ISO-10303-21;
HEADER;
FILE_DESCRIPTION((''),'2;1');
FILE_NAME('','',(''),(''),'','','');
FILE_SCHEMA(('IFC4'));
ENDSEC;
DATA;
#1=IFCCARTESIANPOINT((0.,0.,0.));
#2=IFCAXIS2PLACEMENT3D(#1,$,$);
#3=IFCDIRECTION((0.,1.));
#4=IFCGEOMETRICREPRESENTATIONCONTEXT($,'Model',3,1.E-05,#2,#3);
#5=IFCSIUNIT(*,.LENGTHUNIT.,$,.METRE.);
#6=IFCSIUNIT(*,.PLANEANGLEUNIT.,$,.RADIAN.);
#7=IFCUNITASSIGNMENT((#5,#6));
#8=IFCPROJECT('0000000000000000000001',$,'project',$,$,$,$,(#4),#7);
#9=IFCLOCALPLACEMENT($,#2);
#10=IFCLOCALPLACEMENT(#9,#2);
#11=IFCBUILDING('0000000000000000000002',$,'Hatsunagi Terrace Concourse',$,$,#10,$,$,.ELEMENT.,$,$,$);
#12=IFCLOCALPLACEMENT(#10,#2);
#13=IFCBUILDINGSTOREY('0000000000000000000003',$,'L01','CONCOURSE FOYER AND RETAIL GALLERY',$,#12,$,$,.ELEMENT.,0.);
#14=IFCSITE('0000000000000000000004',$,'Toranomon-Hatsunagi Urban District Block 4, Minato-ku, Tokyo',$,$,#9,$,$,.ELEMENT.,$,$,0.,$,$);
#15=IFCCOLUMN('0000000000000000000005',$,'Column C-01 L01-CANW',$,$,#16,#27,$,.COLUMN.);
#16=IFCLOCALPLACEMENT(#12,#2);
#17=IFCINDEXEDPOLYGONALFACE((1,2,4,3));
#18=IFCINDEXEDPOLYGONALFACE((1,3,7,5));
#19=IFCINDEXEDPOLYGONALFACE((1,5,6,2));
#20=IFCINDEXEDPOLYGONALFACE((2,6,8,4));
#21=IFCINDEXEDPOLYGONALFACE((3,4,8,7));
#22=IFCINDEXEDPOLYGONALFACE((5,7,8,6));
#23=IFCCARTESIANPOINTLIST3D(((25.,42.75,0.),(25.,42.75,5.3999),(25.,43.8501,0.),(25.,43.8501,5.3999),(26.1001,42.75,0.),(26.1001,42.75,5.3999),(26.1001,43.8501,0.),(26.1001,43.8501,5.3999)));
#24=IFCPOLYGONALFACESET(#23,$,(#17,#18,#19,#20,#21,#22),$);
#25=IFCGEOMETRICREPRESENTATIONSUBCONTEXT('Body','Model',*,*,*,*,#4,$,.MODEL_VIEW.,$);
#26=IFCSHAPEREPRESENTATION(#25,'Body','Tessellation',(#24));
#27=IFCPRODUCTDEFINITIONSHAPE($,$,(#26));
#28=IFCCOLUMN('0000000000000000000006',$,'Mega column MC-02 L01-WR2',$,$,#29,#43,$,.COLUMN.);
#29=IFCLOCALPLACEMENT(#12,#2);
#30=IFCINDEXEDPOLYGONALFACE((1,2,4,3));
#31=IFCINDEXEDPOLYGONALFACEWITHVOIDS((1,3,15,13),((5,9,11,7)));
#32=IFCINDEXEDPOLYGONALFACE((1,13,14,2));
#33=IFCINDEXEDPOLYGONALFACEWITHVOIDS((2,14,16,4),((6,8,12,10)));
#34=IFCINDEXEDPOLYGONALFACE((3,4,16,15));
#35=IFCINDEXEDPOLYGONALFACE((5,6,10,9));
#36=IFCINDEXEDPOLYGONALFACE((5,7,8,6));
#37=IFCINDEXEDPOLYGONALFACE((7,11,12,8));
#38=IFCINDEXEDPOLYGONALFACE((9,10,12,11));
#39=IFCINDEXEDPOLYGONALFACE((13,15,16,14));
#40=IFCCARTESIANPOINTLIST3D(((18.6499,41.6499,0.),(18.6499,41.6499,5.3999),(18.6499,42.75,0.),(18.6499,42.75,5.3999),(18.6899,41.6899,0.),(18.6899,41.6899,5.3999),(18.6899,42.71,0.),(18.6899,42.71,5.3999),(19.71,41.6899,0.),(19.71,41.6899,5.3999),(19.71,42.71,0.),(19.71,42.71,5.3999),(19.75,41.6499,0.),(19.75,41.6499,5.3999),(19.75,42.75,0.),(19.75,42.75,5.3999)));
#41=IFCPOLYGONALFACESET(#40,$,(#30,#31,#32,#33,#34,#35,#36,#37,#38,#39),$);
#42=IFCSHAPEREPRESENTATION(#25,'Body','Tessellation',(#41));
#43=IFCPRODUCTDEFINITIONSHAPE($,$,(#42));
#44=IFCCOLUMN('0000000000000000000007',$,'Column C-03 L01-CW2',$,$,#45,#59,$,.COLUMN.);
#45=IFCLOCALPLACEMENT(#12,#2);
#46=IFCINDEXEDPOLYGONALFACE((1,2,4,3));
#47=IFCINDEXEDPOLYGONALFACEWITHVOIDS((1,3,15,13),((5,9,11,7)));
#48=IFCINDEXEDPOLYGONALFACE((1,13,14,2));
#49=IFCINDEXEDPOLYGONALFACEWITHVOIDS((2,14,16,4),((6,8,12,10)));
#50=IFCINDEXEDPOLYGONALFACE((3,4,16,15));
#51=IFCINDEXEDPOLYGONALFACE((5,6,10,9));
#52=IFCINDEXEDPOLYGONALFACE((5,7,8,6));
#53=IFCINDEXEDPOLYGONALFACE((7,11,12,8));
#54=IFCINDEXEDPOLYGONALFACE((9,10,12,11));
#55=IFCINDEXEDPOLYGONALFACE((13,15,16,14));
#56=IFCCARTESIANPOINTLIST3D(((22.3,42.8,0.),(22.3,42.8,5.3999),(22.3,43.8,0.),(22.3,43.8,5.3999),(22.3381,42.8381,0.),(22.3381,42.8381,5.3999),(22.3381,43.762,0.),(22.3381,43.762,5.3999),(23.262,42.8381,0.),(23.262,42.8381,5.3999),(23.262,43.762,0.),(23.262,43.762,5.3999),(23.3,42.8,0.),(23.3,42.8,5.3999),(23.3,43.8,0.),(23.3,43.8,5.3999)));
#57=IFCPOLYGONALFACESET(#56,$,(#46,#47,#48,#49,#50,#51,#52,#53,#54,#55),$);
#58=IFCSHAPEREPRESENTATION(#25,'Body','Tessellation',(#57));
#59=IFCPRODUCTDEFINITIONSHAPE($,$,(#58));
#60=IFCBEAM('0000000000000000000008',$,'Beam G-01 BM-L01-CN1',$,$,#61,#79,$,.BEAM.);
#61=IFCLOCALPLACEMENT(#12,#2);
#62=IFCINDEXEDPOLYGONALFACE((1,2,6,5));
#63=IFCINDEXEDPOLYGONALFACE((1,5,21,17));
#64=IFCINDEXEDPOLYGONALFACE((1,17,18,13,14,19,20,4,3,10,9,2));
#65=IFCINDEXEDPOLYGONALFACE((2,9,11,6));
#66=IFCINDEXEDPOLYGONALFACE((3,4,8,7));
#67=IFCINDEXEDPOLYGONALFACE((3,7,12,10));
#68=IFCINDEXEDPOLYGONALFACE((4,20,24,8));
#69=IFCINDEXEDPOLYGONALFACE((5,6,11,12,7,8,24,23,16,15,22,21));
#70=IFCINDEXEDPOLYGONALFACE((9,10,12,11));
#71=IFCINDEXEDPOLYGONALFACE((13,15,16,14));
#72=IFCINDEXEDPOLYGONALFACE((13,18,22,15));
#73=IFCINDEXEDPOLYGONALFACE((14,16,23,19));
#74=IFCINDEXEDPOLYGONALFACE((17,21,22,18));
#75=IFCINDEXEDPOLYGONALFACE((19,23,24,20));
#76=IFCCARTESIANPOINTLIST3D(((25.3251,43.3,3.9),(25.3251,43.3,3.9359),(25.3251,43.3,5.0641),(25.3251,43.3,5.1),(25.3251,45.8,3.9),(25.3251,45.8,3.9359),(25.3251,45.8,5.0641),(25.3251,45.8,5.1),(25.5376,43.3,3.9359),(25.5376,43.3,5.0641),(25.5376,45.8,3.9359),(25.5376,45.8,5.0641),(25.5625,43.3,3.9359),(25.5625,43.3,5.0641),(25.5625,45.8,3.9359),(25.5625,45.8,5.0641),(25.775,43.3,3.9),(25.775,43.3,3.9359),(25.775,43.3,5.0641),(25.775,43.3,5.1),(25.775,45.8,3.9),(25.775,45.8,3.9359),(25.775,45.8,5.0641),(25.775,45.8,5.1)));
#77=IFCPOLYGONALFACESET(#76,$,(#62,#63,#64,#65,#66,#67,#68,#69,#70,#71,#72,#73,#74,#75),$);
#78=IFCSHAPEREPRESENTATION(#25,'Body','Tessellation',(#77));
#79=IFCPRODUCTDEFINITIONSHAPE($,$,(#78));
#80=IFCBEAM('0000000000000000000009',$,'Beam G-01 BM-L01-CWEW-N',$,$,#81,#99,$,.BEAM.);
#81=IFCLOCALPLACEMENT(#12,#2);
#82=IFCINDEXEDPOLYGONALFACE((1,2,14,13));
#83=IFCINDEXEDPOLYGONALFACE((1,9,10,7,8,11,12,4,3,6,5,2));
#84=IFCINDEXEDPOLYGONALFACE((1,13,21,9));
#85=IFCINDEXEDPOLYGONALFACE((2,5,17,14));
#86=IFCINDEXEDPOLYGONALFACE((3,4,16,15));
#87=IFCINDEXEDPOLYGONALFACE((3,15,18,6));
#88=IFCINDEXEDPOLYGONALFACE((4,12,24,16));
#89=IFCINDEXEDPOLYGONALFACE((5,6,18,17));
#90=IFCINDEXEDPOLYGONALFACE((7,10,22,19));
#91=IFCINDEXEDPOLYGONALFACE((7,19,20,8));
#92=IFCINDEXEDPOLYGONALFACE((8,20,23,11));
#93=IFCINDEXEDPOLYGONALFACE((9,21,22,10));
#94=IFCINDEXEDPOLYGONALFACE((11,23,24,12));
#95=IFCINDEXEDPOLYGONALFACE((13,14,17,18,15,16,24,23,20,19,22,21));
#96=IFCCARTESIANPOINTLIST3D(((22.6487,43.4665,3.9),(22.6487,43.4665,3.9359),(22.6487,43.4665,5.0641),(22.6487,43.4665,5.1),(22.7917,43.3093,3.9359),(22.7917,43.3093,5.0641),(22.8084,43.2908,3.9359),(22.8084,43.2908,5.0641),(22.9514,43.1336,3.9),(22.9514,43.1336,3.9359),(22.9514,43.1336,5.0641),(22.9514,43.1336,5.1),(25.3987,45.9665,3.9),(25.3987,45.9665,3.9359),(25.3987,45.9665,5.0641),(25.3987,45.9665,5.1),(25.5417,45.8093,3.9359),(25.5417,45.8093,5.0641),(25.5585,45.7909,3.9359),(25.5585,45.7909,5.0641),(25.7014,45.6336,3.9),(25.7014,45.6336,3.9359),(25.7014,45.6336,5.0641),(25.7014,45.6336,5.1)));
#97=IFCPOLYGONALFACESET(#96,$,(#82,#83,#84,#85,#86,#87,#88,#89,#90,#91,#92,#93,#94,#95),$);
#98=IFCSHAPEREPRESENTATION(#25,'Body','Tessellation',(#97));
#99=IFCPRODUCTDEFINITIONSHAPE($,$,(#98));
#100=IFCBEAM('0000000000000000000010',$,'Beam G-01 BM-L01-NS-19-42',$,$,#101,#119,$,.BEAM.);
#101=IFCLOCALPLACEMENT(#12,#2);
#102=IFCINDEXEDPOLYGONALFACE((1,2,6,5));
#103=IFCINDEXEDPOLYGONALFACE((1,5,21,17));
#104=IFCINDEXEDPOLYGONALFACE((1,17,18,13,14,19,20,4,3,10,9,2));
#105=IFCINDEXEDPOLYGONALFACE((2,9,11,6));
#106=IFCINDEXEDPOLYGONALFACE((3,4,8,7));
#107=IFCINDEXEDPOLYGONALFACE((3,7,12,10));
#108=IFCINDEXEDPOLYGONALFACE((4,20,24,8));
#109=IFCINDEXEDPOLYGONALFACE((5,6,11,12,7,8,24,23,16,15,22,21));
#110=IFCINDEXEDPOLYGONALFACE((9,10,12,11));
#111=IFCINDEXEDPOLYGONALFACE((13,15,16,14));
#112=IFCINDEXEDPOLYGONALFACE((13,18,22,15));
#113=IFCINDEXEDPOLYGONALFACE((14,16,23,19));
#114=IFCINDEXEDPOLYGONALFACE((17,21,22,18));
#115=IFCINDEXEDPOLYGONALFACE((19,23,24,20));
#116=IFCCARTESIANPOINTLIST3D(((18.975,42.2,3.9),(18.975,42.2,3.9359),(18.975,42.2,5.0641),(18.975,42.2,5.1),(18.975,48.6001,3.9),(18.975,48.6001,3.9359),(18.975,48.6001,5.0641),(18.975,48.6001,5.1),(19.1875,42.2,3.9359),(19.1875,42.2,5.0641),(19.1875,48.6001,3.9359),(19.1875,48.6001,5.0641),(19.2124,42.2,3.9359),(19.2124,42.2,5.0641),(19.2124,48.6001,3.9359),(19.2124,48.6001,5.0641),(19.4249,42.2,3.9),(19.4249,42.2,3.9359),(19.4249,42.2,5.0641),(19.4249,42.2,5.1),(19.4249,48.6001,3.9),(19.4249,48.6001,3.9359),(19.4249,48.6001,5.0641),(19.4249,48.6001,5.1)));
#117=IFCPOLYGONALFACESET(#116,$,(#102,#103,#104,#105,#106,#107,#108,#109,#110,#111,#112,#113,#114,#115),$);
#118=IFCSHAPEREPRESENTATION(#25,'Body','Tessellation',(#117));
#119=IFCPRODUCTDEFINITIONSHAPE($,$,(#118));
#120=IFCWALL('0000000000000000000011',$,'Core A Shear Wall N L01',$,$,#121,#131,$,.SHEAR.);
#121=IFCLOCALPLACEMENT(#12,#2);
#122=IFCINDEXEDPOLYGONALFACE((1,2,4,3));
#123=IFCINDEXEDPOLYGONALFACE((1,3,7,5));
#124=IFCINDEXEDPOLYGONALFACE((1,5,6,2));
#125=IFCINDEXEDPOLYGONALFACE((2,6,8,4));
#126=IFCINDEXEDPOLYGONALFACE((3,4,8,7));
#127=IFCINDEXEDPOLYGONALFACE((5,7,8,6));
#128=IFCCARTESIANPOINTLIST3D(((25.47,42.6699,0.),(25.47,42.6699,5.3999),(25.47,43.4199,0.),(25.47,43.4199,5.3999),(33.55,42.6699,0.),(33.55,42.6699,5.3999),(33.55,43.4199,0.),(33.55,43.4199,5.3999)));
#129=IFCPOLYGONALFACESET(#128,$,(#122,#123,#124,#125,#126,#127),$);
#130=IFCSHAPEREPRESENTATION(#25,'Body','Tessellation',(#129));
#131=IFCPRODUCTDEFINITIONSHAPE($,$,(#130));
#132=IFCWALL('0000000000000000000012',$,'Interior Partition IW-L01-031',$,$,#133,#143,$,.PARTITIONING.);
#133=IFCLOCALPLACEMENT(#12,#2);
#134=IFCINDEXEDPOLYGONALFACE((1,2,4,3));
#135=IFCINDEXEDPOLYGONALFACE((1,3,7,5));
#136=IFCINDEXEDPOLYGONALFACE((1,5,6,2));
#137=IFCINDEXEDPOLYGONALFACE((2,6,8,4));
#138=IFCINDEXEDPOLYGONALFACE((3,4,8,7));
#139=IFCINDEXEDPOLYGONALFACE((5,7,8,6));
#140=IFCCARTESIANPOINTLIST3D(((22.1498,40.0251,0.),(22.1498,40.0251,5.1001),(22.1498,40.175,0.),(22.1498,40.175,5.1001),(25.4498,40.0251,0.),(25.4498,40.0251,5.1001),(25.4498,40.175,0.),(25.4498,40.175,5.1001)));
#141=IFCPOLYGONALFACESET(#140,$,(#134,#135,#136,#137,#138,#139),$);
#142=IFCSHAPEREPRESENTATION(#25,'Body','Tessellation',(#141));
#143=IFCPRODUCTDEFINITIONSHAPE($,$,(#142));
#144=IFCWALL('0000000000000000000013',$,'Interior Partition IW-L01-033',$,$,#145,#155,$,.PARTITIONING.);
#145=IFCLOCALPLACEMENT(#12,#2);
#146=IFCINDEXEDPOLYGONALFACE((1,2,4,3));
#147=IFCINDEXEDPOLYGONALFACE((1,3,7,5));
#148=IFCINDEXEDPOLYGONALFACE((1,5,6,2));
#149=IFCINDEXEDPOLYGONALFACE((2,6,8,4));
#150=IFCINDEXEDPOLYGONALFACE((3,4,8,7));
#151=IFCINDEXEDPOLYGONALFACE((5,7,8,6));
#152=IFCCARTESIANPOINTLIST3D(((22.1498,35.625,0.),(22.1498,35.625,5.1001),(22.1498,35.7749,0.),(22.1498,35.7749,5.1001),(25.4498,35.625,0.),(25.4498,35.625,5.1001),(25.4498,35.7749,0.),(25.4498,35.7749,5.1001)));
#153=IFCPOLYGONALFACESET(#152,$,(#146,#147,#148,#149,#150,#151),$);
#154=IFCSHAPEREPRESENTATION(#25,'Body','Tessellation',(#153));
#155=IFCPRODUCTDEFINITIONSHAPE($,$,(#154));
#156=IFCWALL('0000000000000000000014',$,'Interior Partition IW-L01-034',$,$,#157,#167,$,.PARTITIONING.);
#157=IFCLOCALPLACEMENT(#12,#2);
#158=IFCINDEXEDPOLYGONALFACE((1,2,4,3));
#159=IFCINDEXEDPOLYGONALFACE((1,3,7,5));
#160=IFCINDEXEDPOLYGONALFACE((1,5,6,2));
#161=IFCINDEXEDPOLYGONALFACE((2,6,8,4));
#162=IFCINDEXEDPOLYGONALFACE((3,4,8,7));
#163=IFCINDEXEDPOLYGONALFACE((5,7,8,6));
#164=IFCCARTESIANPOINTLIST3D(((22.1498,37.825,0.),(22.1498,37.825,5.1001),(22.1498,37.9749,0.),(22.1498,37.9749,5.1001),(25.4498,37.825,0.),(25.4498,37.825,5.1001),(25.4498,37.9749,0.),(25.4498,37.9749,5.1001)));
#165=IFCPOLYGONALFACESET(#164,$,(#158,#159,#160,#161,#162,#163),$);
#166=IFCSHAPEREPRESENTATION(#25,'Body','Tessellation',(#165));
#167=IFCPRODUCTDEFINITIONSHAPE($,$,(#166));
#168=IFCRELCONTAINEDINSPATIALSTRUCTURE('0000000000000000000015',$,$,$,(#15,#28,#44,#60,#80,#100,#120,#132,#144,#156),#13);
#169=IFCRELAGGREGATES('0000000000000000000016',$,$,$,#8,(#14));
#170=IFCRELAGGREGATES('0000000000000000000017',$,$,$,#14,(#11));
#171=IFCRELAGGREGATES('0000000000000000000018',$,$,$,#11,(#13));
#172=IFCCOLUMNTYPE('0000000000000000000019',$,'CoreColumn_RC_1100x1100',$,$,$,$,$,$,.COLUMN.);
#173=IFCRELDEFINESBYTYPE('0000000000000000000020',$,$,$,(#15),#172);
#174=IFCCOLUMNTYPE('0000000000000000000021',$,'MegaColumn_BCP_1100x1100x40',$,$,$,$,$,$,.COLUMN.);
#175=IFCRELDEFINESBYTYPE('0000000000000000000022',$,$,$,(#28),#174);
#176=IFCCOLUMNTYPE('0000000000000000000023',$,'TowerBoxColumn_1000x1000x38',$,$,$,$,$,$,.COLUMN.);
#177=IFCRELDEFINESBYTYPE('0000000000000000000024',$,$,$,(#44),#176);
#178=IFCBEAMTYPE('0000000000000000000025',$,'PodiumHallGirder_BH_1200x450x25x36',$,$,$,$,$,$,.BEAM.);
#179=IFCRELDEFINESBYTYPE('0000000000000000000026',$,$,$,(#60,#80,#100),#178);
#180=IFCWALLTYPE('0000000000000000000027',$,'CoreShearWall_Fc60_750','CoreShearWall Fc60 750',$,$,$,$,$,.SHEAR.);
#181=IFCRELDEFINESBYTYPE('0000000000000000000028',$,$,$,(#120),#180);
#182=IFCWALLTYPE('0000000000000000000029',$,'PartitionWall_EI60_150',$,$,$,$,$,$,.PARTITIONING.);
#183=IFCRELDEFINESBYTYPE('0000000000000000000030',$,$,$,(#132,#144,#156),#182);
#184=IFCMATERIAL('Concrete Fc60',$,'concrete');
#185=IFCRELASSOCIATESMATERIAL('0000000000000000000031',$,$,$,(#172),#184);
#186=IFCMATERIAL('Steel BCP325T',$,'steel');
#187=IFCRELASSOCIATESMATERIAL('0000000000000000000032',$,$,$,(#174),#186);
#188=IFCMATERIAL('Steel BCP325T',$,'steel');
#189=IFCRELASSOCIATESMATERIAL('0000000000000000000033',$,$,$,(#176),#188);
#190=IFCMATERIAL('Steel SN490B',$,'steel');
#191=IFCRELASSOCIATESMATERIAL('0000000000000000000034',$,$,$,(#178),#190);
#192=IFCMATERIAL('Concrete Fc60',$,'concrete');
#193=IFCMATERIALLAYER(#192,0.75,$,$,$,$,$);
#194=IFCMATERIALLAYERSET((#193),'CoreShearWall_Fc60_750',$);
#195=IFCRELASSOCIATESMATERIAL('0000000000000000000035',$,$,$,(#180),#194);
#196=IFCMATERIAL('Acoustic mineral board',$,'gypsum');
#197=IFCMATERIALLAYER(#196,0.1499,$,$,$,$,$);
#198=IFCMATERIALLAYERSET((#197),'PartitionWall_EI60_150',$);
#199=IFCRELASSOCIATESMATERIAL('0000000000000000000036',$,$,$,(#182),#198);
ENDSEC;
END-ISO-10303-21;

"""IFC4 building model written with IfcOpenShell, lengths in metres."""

from ifc_helpers import new_model, si_unit, direction, frame, frame_2d, origin, origin_2d, place, context, subcontext, project, spatial, rectangle, hollow_rectangle, i_section, extrude, material, layer, layer_set, material_profile, profile_set, type_object, element, save


model = new_model("IFC4")

# Units and contexts
model_context = context("Model", 3, precision=1e-05, world=origin(), true_north=direction((0.0, 1.0)))
body_context = subcontext(model_context, "Body", "Model", "MODEL_VIEW")
ifc_project = project(units=[si_unit("LENGTHUNIT", "METRE"), si_unit("PLANEANGLEUNIT", "RADIAN")], contexts=[model_context])

# Site, building, storey
site_placement = place(None, origin())
site = spatial("IfcSite", under=ifc_project, at=site_placement, Name="Toranomon-Hatsunagi Urban District Block 4, Minato-ku, Tokyo", CompositionType="ELEMENT", RefElevation=0.0)
building_placement = place(site_placement, origin())
building = spatial("IfcBuilding", under=site, at=building_placement, Name="Hatsunagi Terrace Concourse", CompositionType="ELEMENT")
storey_placement = place(building_placement, origin())
storey = spatial("IfcBuildingStorey", under=building, at=storey_placement, Name="L01", Description="CONCOURSE FOYER AND RETAIL GALLERY", CompositionType="ELEMENT", Elevation=0.0)

# Columns
ifc_material_1 = material(Name="Concrete Fc60", Category="concrete")
ifc_material_profile_1 = material_profile(ifc_material_1, rectangle(XDim=1.1001, YDim=1.1001, at=origin_2d()), Name="RC-1100x1100")
ifc_profile_set_1 = profile_set([ifc_material_profile_1], Name="Concrete Fc60")
column_type_1 = type_object("IfcColumnType", Name="CoreColumn_RC_1100x1100", PredefinedType="COLUMN", material=ifc_profile_set_1)
column_1_placement = place(storey_placement, frame((25.55, 43.3, 0.0), z_axis=(0.0, 0.0, 1.0), x_axis=(1.0, 0.0, 0.0)))
element("IfcColumn", 1, at=column_1_placement, inside=storey, type_object=column_type_1, Name="Column C-01 L01-CANW", PredefinedType="COLUMN", context=body_context, shape_type="SweptSolid", body=[
    extrude(rectangle(XDim=1.1001, YDim=1.1001, at=origin_2d()), origin(), (0.0, 0.0, 1.0), 5.3999),
])
ifc_material_2 = material(Name="Steel BCP325T", Category="steel")
ifc_material_profile_2 = material_profile(ifc_material_2, hollow_rectangle(XDim=1.1001, YDim=1.1001, WallThickness=0.04, at=origin_2d()), Name="BCP-1100x1100x40")
ifc_profile_set_2 = profile_set([ifc_material_profile_2], Name="Steel BCP325T")
column_type_2 = type_object("IfcColumnType", Name="MegaColumn_BCP_1100x1100x40", PredefinedType="COLUMN", material=ifc_profile_set_2)
column_2_placement = place(storey_placement, frame((19.2, 42.2, 0.0), z_axis=(0.0, 0.0, 1.0), x_axis=(1.0, 0.0, 0.0)))
element("IfcColumn", 2, at=column_2_placement, inside=storey, type_object=column_type_2, Name="Mega column MC-02 L01-WR2", PredefinedType="COLUMN", context=body_context, shape_type="SweptSolid", body=[
    extrude(hollow_rectangle(XDim=1.1001, YDim=1.1001, WallThickness=0.04, at=origin_2d()), origin(), (0.0, 0.0, 1.0), 5.3999),
])
ifc_material_3 = material(Name="Steel BCP325T", Category="steel")
ifc_material_profile_3 = material_profile(ifc_material_3, hollow_rectangle(XDim=1.0, YDim=1.0, WallThickness=0.0381, at=origin_2d()), Name="BCP-1000x1000x38")
ifc_profile_set_3 = profile_set([ifc_material_profile_3], Name="Steel BCP325T")
column_type_3 = type_object("IfcColumnType", Name="TowerBoxColumn_1000x1000x38", PredefinedType="COLUMN", material=ifc_profile_set_3)
column_3_placement = place(storey_placement, frame((22.8, 43.3, 0.0), z_axis=(0.0, 0.0, 1.0), x_axis=(1.0, 0.0, 0.0)))
element("IfcColumn", 3, at=column_3_placement, inside=storey, type_object=column_type_3, Name="Column C-03 L01-CW2", PredefinedType="COLUMN", context=body_context, shape_type="SweptSolid", body=[
    extrude(hollow_rectangle(XDim=1.0, YDim=1.0, WallThickness=0.0381, at=origin_2d()), origin(), (0.0, 0.0, 1.0), 5.3999),
])

# Beams
ifc_material_4 = material(Name="Steel SN490B", Category="steel")
ifc_material_profile_4 = material_profile(ifc_material_4, i_section(OverallWidth=0.45, OverallDepth=1.2, WebThickness=0.0249, FlangeThickness=0.0359, at=origin_2d()), Name="BH-1200x450x25x36")
ifc_profile_set_4 = profile_set([ifc_material_profile_4], Name="Steel SN490B")
beam_type = type_object("IfcBeamType", Name="PodiumHallGirder_BH_1200x450x25x36", PredefinedType="BEAM", material=ifc_profile_set_4)
beam_1_placement = place(storey_placement, frame((25.55, 43.3, 4.5), z_axis=(0.0, 1.0, 0.0), x_axis=(-1.0, 0.0, 0.0)))
element("IfcBeam", 4, at=beam_1_placement, inside=storey, type_object=beam_type, Name="Beam G-01 BM-L01-CN1", PredefinedType="BEAM", context=body_context, shape_type="SweptSolid", body=[
    extrude(i_section(OverallWidth=0.45, OverallDepth=1.2, WebThickness=0.0249, FlangeThickness=0.0359, at=origin_2d()), origin(), (0.0, 0.0, 1.0), 2.5),
])
beam_2_placement = place(storey_placement, frame((22.8, 43.3, 4.5), z_axis=(0.73994, 0.672673, 0.0), x_axis=(-0.672673, 0.73994, 0.0)))
element("IfcBeam", 5, at=beam_2_placement, inside=storey, type_object=beam_type, Name="Beam G-01 BM-L01-CWEW-N", PredefinedType="BEAM", context=body_context, shape_type="SweptSolid", body=[
    extrude(i_section(OverallWidth=0.45, OverallDepth=1.2, WebThickness=0.0249, FlangeThickness=0.0359, at=origin_2d()), origin(), (0.0, 0.0, 1.0), 3.7166),
])
beam_3_placement = place(storey_placement, frame((19.2, 42.2, 4.5), z_axis=(0.0, 1.0, 0.0), x_axis=(-1.0, 0.0, 0.0)))
element("IfcBeam", 6, at=beam_3_placement, inside=storey, type_object=beam_type, Name="Beam G-01 BM-L01-NS-19-42", PredefinedType="BEAM", context=body_context, shape_type="SweptSolid", body=[
    extrude(i_section(OverallWidth=0.45, OverallDepth=1.2, WebThickness=0.0249, FlangeThickness=0.0359, at=origin_2d()), origin(), (0.0, 0.0, 1.0), 6.4001),
])

# Walls
ifc_material_5 = material(Name="Concrete Fc60", Category="concrete")
ifc_layer_1 = layer(ifc_material_5, 0.75)
ifc_layer_set_1 = layer_set([ifc_layer_1], Name="CoreShearWall_Fc60_750")
wall_type_1 = type_object("IfcWallType", Name="CoreShearWall_Fc60_750", Description="CoreShearWall Fc60 750", PredefinedType="SHEAR", material=ifc_layer_set_1)
wall_1_placement = place(storey_placement, frame((25.47, 43.0449, 0.0), z_axis=(0.0, 0.0, 1.0), x_axis=(1.0, 0.0, 0.0)))
element("IfcWall", 7, at=wall_1_placement, inside=storey, type_object=wall_type_1, Name="Core A Shear Wall N L01", PredefinedType="SHEAR", context=body_context, shape_type="SweptSolid", body=[
    extrude(rectangle(XDim=8.0801, YDim=0.75, at=frame_2d((4.04, 0.0))), origin(), (0.0, 0.0, 1.0), 5.3999),
])
ifc_material_6 = material(Name="Acoustic mineral board", Category="gypsum")
ifc_layer_2 = layer(ifc_material_6, 0.1499)
ifc_layer_set_2 = layer_set([ifc_layer_2], Name="PartitionWall_EI60_150")
wall_type_2 = type_object("IfcWallType", Name="PartitionWall_EI60_150", PredefinedType="PARTITIONING", material=ifc_layer_set_2)
for number, where, z_axis, x_axis, name in (
    (8, (22.1499, 40.1001, 0.0), (0.0, 0.0, 1.0), (1.0, 0.0, 0.0), "Interior Partition IW-L01-031"),
    (9, (22.1499, 35.7, 0.0), (0.0, 0.0, 1.0), (1.0, 0.0, 0.0), "Interior Partition IW-L01-033"),
    (10, (22.1499, 37.8999, 0.0), (0.0, 0.0, 1.0), (1.0, 0.0, 0.0), "Interior Partition IW-L01-034"),
):
    element("IfcWall", number, at=place(storey_placement, frame(where, z_axis=z_axis, x_axis=x_axis)), inside=storey, type_object=wall_type_2, Name=name, PredefinedType="PARTITIONING", context=body_context, shape_type="SweptSolid", body=[
        extrude(rectangle(XDim=3.3, YDim=0.1499, at=frame_2d((1.6499, 0.0))), origin(), (0.0, 0.0, 1.0), 5.1001),
    ])

save(model, "model.ifc")
